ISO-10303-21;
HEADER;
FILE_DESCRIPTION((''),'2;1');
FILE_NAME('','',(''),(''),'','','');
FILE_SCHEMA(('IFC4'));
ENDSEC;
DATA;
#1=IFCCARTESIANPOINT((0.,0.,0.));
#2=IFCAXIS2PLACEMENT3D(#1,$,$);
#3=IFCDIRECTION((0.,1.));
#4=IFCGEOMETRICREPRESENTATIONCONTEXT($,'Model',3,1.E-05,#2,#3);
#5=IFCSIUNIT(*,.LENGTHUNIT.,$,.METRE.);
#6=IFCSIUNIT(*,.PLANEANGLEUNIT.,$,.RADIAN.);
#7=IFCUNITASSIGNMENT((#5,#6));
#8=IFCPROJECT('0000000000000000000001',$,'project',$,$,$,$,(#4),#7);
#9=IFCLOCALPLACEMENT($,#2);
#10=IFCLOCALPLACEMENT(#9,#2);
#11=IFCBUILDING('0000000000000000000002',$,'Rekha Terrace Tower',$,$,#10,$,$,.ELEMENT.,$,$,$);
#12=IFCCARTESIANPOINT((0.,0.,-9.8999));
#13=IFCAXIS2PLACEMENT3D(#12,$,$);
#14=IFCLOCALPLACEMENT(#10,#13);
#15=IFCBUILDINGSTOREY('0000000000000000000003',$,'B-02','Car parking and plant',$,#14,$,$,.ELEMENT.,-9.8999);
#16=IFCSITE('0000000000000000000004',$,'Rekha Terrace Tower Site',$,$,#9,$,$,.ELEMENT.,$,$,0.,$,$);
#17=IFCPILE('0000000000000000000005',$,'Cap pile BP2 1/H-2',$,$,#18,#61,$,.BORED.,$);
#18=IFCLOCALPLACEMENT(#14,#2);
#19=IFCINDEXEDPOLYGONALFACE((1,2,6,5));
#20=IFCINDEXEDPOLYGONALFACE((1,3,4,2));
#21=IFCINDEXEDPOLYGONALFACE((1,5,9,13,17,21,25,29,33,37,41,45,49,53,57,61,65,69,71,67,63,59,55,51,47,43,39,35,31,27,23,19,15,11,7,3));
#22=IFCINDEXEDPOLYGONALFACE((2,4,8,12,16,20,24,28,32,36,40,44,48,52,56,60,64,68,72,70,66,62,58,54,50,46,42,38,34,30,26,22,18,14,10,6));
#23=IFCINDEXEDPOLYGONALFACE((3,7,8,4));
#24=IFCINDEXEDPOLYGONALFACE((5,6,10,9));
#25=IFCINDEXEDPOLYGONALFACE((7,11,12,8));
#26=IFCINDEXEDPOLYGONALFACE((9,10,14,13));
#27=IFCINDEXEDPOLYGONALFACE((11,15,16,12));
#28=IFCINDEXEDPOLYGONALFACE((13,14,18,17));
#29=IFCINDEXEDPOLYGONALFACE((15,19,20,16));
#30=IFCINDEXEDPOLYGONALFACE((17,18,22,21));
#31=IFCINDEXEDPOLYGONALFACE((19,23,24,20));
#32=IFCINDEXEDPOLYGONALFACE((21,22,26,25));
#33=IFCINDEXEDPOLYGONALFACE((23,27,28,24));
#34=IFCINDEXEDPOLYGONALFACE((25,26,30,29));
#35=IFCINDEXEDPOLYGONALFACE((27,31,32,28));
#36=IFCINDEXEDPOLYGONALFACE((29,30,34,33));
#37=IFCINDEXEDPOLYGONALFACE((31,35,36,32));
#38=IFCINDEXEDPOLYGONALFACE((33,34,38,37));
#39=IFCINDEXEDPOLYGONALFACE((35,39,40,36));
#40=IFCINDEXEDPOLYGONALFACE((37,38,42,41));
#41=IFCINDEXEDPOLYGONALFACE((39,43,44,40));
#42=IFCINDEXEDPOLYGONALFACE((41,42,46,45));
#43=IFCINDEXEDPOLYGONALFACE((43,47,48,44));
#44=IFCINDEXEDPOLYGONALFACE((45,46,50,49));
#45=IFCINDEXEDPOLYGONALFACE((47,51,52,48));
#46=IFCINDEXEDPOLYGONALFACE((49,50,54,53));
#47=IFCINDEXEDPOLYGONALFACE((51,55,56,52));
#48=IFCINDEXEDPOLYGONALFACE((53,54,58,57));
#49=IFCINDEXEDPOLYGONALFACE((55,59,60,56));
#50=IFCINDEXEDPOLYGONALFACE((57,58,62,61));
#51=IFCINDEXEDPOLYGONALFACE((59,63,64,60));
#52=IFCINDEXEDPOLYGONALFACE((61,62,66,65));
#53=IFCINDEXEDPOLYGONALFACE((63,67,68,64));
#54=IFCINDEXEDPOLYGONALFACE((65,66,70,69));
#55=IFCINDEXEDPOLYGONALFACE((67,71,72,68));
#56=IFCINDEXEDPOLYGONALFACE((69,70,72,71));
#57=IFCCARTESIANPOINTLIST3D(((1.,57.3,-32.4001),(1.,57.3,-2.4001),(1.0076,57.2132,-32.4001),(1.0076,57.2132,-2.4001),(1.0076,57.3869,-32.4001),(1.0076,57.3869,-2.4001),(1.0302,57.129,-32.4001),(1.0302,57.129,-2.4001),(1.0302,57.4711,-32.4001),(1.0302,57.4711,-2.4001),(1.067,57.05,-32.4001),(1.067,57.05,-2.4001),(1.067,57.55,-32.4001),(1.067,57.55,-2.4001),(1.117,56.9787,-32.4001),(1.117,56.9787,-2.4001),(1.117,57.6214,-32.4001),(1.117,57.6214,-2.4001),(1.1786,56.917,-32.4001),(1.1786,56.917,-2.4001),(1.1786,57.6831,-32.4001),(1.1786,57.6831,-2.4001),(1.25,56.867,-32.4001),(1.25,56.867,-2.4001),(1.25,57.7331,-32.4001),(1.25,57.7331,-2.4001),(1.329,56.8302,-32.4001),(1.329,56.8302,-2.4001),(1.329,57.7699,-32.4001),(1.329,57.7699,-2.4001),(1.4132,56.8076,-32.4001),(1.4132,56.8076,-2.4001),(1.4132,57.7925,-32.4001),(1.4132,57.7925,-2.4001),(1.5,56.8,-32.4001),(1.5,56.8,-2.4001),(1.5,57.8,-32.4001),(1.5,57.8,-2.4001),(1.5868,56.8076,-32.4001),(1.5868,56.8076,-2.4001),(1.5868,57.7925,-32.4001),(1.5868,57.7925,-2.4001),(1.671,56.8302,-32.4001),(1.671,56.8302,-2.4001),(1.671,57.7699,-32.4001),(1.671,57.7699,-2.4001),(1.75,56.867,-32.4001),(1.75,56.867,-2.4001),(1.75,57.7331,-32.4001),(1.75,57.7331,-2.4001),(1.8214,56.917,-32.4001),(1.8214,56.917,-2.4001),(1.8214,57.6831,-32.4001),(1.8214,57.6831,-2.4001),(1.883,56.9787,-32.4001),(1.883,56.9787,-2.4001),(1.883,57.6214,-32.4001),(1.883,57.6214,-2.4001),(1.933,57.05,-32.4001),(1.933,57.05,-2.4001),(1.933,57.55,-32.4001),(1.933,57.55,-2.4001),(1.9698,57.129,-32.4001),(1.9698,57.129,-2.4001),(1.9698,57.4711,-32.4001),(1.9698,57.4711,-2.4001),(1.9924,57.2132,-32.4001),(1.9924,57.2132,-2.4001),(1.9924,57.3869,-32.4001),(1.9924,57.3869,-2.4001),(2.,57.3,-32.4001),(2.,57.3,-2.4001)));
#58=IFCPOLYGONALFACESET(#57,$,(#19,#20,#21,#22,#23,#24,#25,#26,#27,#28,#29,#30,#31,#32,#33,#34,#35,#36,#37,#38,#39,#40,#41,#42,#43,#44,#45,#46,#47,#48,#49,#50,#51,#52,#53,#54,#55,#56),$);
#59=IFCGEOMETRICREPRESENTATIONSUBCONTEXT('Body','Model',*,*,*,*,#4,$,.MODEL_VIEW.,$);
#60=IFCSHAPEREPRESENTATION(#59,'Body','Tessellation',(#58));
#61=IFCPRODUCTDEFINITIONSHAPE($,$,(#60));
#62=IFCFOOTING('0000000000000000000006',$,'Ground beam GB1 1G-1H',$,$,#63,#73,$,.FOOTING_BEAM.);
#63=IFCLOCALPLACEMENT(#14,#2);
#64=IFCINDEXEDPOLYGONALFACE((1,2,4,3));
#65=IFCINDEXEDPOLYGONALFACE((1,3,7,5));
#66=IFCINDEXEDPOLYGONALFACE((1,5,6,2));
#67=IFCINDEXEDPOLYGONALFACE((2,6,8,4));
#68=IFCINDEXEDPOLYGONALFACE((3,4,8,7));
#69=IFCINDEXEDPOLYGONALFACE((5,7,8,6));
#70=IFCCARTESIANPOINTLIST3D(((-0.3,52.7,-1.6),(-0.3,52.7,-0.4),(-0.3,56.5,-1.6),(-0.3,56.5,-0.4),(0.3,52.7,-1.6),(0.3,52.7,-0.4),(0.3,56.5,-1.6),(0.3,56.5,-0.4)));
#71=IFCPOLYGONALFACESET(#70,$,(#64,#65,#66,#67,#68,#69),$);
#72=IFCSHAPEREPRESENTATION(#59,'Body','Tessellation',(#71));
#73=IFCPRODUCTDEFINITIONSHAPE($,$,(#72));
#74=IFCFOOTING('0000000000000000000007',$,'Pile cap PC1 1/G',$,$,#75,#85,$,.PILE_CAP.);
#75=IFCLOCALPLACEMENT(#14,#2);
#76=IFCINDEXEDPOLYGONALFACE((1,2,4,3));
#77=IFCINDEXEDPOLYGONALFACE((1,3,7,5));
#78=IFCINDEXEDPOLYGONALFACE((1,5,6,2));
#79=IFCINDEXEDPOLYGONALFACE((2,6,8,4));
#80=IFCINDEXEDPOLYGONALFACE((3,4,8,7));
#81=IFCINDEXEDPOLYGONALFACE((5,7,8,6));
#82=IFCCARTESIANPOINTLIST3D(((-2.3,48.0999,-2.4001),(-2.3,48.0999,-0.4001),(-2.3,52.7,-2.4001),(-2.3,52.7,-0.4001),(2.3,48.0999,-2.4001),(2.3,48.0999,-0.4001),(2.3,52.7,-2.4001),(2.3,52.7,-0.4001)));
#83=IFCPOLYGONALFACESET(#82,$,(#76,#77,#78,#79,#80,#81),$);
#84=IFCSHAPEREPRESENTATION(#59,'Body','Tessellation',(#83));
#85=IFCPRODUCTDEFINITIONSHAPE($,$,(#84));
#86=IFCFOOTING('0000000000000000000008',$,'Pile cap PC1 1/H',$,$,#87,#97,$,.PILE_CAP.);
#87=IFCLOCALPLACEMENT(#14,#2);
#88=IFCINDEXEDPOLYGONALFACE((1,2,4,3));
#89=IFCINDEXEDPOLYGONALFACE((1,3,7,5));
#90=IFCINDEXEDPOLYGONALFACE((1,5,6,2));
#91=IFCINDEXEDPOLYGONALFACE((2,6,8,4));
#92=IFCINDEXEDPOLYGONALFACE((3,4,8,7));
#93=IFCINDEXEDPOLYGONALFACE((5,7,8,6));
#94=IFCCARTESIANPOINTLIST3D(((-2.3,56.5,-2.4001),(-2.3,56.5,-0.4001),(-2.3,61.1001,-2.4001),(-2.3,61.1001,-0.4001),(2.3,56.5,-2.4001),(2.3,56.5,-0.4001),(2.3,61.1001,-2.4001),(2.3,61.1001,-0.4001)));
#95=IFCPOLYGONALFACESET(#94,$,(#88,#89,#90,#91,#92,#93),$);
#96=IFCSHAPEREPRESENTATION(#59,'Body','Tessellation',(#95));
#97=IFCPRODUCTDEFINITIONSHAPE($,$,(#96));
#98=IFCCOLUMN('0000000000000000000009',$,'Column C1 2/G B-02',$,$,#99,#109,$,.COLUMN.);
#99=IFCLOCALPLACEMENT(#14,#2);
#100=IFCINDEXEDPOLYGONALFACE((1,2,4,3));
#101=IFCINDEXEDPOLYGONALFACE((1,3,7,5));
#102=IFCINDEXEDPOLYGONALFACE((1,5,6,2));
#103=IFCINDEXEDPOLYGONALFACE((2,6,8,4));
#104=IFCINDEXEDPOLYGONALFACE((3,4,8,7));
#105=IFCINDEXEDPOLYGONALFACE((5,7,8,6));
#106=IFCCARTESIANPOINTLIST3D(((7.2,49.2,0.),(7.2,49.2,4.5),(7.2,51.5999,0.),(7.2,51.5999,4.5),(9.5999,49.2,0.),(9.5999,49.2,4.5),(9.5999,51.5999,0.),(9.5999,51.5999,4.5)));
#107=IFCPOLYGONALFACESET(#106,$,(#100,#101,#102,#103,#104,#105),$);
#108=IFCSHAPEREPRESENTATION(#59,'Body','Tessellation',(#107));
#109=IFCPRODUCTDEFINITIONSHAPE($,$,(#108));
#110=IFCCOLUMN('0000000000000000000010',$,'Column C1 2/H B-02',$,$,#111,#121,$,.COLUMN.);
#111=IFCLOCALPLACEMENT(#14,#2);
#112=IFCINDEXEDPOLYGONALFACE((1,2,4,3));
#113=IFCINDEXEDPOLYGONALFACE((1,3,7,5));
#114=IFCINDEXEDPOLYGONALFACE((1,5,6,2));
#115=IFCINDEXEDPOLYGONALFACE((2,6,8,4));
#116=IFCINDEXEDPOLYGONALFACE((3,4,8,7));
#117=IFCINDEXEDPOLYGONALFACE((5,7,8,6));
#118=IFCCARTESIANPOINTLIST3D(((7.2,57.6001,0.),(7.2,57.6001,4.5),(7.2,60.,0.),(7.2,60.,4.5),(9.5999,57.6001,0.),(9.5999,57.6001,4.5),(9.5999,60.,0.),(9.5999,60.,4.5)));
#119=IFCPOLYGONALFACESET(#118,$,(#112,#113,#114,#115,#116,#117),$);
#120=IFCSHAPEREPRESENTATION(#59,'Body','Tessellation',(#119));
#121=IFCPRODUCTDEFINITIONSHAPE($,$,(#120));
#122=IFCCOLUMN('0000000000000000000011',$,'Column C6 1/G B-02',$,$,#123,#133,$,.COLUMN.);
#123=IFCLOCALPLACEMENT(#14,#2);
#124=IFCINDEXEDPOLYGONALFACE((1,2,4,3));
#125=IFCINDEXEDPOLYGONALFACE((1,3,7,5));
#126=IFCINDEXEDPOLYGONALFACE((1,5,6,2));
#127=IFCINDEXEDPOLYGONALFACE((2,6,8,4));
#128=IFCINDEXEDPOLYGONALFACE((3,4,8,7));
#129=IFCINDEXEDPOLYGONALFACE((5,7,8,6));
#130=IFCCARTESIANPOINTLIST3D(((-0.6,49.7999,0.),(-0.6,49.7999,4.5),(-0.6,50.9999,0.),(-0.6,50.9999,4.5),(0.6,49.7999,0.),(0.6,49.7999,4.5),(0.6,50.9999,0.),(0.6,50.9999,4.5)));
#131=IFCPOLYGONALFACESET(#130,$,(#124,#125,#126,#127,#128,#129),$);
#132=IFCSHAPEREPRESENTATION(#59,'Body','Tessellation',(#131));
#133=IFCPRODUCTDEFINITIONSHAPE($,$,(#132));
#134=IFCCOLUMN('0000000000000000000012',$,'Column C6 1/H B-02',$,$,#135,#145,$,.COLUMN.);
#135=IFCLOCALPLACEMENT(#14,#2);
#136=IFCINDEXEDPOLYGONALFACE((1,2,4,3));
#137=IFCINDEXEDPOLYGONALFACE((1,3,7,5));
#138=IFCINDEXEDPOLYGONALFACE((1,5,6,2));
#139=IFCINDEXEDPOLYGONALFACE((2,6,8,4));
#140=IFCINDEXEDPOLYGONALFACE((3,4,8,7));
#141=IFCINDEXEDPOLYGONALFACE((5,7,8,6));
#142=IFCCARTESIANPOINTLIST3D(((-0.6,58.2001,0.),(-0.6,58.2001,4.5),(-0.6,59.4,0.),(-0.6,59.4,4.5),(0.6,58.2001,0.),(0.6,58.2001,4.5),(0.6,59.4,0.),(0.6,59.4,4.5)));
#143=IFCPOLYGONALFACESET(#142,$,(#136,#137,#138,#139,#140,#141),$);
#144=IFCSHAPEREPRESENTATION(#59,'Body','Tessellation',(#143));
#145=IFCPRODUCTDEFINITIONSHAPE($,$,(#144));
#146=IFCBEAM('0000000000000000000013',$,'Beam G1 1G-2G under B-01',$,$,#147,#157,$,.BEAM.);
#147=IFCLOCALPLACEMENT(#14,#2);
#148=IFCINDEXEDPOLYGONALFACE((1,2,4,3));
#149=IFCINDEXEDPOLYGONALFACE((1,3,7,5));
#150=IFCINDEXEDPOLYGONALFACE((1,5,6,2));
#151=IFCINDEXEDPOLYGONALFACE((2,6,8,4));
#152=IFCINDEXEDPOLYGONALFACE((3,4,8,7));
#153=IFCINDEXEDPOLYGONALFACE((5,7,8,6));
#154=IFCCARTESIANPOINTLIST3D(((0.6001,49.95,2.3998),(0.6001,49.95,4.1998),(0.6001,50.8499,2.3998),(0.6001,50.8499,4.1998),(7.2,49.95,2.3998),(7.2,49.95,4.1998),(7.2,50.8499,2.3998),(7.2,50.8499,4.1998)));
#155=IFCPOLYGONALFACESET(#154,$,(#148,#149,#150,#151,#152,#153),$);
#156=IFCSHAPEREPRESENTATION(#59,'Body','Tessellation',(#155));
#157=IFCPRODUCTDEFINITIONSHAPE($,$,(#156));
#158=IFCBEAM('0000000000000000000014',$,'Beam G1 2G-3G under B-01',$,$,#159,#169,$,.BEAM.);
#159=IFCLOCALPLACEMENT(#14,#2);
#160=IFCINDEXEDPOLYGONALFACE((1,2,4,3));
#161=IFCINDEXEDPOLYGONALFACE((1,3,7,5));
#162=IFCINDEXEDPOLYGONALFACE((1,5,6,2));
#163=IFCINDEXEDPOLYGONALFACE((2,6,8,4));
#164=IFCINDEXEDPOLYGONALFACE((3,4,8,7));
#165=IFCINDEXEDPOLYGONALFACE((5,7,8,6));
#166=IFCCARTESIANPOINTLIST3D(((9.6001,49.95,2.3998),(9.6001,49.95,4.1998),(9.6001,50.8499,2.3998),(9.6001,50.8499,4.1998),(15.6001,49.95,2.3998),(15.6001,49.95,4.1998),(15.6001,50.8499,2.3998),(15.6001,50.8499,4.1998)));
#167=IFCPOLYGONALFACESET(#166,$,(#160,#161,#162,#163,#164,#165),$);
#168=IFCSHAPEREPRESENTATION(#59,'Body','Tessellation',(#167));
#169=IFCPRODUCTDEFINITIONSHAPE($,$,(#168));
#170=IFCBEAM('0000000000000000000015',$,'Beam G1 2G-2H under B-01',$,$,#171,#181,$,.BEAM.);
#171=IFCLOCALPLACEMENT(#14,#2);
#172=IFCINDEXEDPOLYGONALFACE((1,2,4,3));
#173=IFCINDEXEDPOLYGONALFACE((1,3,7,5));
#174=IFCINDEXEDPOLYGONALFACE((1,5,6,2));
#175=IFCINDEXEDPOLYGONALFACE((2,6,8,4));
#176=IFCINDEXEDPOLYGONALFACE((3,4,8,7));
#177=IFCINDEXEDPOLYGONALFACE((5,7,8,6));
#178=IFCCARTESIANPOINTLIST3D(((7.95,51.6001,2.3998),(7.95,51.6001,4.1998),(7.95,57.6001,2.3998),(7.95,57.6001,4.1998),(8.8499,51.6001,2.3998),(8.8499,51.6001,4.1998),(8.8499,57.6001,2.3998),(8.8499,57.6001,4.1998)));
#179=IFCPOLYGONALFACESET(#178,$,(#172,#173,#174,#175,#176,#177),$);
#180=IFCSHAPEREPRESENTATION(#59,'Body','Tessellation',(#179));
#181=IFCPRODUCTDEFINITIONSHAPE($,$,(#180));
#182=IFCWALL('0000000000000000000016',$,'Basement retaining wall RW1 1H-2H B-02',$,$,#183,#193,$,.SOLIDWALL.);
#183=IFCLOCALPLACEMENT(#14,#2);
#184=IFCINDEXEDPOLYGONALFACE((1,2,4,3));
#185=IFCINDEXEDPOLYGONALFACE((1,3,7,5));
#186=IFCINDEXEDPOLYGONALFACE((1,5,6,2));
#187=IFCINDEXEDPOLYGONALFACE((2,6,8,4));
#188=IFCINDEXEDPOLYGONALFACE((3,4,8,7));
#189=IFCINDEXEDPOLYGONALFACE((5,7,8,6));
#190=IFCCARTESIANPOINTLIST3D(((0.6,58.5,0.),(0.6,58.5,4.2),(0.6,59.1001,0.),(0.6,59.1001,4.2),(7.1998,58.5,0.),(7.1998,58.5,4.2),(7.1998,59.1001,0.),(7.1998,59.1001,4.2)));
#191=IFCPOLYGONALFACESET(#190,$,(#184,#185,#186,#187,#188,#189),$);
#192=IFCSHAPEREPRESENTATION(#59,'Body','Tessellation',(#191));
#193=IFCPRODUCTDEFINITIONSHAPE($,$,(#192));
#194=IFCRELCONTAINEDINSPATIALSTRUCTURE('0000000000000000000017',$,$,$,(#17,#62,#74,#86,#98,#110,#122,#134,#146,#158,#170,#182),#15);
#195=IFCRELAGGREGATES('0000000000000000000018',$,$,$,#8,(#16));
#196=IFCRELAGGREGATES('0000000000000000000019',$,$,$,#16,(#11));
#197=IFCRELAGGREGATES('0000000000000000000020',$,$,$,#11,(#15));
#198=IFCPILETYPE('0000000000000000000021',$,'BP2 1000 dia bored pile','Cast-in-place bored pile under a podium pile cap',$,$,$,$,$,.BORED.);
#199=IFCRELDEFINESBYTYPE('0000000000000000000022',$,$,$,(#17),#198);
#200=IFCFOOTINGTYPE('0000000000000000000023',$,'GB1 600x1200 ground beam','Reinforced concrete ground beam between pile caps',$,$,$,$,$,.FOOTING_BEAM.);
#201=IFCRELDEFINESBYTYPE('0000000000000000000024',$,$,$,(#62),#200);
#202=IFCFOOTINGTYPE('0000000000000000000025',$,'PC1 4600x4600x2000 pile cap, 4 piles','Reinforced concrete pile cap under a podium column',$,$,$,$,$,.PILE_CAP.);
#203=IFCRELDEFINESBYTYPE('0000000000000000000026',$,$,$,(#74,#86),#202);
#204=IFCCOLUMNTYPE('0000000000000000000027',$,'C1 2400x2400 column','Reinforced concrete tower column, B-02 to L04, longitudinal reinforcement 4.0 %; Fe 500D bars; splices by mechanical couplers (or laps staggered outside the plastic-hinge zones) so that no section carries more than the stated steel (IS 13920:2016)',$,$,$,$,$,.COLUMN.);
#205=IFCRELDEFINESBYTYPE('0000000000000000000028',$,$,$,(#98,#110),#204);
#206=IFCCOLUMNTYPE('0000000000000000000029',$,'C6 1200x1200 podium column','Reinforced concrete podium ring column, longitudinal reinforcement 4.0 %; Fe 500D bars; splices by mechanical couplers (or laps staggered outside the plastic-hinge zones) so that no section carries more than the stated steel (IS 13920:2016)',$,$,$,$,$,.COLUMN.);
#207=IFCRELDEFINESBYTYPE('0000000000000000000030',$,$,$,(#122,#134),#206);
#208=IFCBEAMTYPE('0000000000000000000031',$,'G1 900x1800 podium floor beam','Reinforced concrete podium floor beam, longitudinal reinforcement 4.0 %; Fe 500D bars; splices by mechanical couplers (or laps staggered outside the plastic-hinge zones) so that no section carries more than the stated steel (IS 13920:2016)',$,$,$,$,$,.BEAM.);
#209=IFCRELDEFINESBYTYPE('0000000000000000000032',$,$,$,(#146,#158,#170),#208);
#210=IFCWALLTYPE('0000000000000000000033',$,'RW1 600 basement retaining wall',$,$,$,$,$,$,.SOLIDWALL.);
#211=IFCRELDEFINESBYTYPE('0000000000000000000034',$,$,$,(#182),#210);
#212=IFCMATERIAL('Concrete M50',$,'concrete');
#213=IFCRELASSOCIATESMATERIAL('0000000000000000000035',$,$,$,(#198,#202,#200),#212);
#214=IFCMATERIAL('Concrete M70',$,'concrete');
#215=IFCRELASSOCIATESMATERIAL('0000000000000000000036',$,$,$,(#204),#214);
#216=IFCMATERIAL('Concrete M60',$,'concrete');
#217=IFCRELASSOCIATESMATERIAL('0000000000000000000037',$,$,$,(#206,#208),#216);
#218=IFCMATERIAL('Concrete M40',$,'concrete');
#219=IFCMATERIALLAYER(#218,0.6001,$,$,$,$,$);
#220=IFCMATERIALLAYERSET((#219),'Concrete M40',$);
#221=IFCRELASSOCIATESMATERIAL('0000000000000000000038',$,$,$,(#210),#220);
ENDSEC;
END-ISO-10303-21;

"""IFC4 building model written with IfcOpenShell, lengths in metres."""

from ifc_helpers import new_model, si_unit, direction, frame, frame_2d, origin, origin_2d, place, context, subcontext, project, spatial, rectangle, circle, extrude, material, layer, layer_set, material_profile, profile_set, type_object, element, save


model = new_model("IFC4")

# Units and contexts
model_context = context("Model", 3, precision=1e-05, world=origin(), true_north=direction((0.0, 1.0)))
body_context = subcontext(model_context, "Body", "Model", "MODEL_VIEW")
ifc_project = project(units=[si_unit("LENGTHUNIT", "METRE"), si_unit("PLANEANGLEUNIT", "RADIAN")], contexts=[model_context])

# Site, building, storey
site_placement = place(None, origin())
site = spatial("IfcSite", under=ifc_project, at=site_placement, Name="Rekha Terrace Tower Site", CompositionType="ELEMENT", RefElevation=0.0)
building_placement = place(site_placement, origin())
building = spatial("IfcBuilding", under=site, at=building_placement, Name="Rekha Terrace Tower", CompositionType="ELEMENT")
storey_placement = place(building_placement, frame((0.0, 0.0, -9.8999)))
storey = spatial("IfcBuildingStorey", under=building, at=storey_placement, Name="B-02", Description="Car parking and plant", CompositionType="ELEMENT", Elevation=-9.8999)

# Pile
ifc_material_1 = material(Name="Concrete M50", Category="concrete")
pile_type_1 = type_object("IfcPileType", Name="BP2 1000 dia bored pile", Description="Cast-in-place bored pile under a podium pile cap", PredefinedType="BORED", material=ifc_material_1)
for number, where, z_axis, x_axis, name in (
    (1, (1.5, 57.3, -2.4001), (0.0, 0.0, -1.0), (1.0, 0.0, 0.0), "Cap pile BP2 1/H-2"),
):
    element("IfcPile", number, at=place(storey_placement, frame(where, z_axis=z_axis, x_axis=x_axis)), inside=storey, type_object=pile_type_1, Name=name, PredefinedType="BORED", context=body_context, shape_type="SweptSolid", body=[
        extrude(circle(Radius=0.5, at=origin_2d()), origin(), (0.0, 0.0, 1.0), 30.0),
    ])

# Footings
ifc_material_profile_1 = material_profile(ifc_material_1, rectangle(XDim=0.6001, YDim=1.2, at=origin_2d()), Name="RC 600x1200")
ifc_profile_set_1 = profile_set([ifc_material_profile_1], Name="Concrete M50")
footing_type_1 = type_object("IfcFootingType", Name="GB1 600x1200 ground beam", Description="Reinforced concrete ground beam between pile caps", PredefinedType="FOOTING_BEAM", material=ifc_profile_set_1)
footing_placement = place(storey_placement, frame((0.0, 52.7, -1.0), z_axis=(0.0, 1.0, 0.0), x_axis=(-1.0, 0.0, 0.0)))
element("IfcFooting", 2, at=footing_placement, inside=storey, type_object=footing_type_1, Name="Ground beam GB1 1G-1H", PredefinedType="FOOTING_BEAM", context=body_context, shape_type="SweptSolid", body=[
    extrude(rectangle(XDim=0.6001, YDim=1.2, at=origin_2d()), origin(), (0.0, 0.0, 1.0), 3.8),
])
footing_type_2 = type_object("IfcFootingType", Name="PC1 4600x4600x2000 pile cap, 4 piles", Description="Reinforced concrete pile cap under a podium column", PredefinedType="PILE_CAP", material=ifc_material_1)
for number, where, z_axis, x_axis, name in (
    (3, (0.0, 50.3999, -2.4001), (0.0, 0.0, 1.0), (1.0, 0.0, 0.0), "Pile cap PC1 1/G"),
    (4, (0.0, 58.8, -2.4001), (0.0, 0.0, 1.0), (1.0, 0.0, 0.0), "Pile cap PC1 1/H"),
):
    element("IfcFooting", number, at=place(storey_placement, frame(where, z_axis=z_axis, x_axis=x_axis)), inside=storey, type_object=footing_type_2, Name=name, PredefinedType="PILE_CAP", context=body_context, shape_type="SweptSolid", body=[
        extrude(rectangle(XDim=4.6001, YDim=4.6001, at=origin_2d()), origin(), (0.0, 0.0, 1.0), 2.0),
    ])

# Columns
ifc_material_2 = material(Name="Concrete M70", Category="concrete")
ifc_material_profile_2 = material_profile(ifc_material_2, rectangle(XDim=2.3999, YDim=2.3999, at=origin_2d()), Name="RC 2400x2400")
ifc_profile_set_2 = profile_set([ifc_material_profile_2], Name="Concrete M70")
column_type_1 = type_object("IfcColumnType", Name="C1 2400x2400 column", Description="Reinforced concrete tower column, B-02 to L04, longitudinal reinforcement 4.0 %; Fe 500D bars; splices by mechanical couplers (or laps staggered outside the plastic-hinge zones) so that no section carries more than the stated steel (IS 13920:2016)", PredefinedType="COLUMN", material=ifc_profile_set_2)
for number, where, z_axis, x_axis, name in (
    (5, (8.3999, 50.3999, 0.0), (0.0, 0.0, 1.0), (1.0, 0.0, 0.0), "Column C1 2/G B-02"),
    (6, (8.3999, 58.8, 0.0), (0.0, 0.0, 1.0), (1.0, 0.0, 0.0), "Column C1 2/H B-02"),
):
    element("IfcColumn", number, at=place(storey_placement, frame(where, z_axis=z_axis, x_axis=x_axis)), inside=storey, type_object=column_type_1, Name=name, PredefinedType="COLUMN", context=body_context, shape_type="SweptSolid", body=[
        extrude(rectangle(XDim=2.3999, YDim=2.3999, at=origin_2d()), origin(), (0.0, 0.0, 1.0), 4.5),
    ])
ifc_material_3 = material(Name="Concrete M60", Category="concrete")
ifc_material_profile_3 = material_profile(ifc_material_3, rectangle(XDim=1.2, YDim=1.2, at=origin_2d()), Name="RC 1200x1200")
ifc_profile_set_3 = profile_set([ifc_material_profile_3], Name="Concrete M60")
column_type_2 = type_object("IfcColumnType", Name="C6 1200x1200 podium column", Description="Reinforced concrete podium ring column, longitudinal reinforcement 4.0 %; Fe 500D bars; splices by mechanical couplers (or laps staggered outside the plastic-hinge zones) so that no section carries more than the stated steel (IS 13920:2016)", PredefinedType="COLUMN", material=ifc_profile_set_3)
for number, where, z_axis, x_axis, name in (
    (7, (0.0, 50.3999, 0.0), (0.0, 0.0, 1.0), (1.0, 0.0, 0.0), "Column C6 1/G B-02"),
    (8, (0.0, 58.8, 0.0), (0.0, 0.0, 1.0), (1.0, 0.0, 0.0), "Column C6 1/H B-02"),
):
    element("IfcColumn", number, at=place(storey_placement, frame(where, z_axis=z_axis, x_axis=x_axis)), inside=storey, type_object=column_type_2, Name=name, PredefinedType="COLUMN", context=body_context, shape_type="SweptSolid", body=[
        extrude(rectangle(XDim=1.2, YDim=1.2, at=origin_2d()), origin(), (0.0, 0.0, 1.0), 4.5),
    ])

# Beams
ifc_material_profile_4 = material_profile(ifc_material_3, rectangle(XDim=0.8999, YDim=1.8, at=origin_2d()), Name="RC 900x1800")
ifc_profile_set_4 = profile_set([ifc_material_profile_4], Name="Concrete M60")
beam_type = type_object("IfcBeamType", Name="G1 900x1800 podium floor beam", Description="Reinforced concrete podium floor beam, longitudinal reinforcement 4.0 %; Fe 500D bars; splices by mechanical couplers (or laps staggered outside the plastic-hinge zones) so that no section carries more than the stated steel (IS 13920:2016)", PredefinedType="BEAM", material=ifc_profile_set_4)
beam_placement = place(storey_placement, frame((0.6001, 50.3999, 3.2998), z_axis=(1.0, 0.0, 0.0), x_axis=(0.0, 1.0, 0.0)))
element("IfcBeam", 9, at=beam_placement, inside=storey, type_object=beam_type, Name="Beam G1 1G-2G under B-01", PredefinedType="BEAM", context=body_context, shape_type="SweptSolid", body=[
    extrude(rectangle(XDim=0.8999, YDim=1.8, at=origin_2d()), origin(), (0.0, 0.0, 1.0), 6.5999),
])
for number, where, z_axis, x_axis, name in (
    (10, (9.6001, 50.3999, 3.2998), (1.0, 0.0, 0.0), (0.0, 1.0, 0.0), "Beam G1 2G-3G under B-01"),
    (11, (8.3999, 51.6001, 3.2998), (0.0, 1.0, 0.0), (-1.0, 0.0, 0.0), "Beam G1 2G-2H under B-01"),
):
    element("IfcBeam", number, at=place(storey_placement, frame(where, z_axis=z_axis, x_axis=x_axis)), inside=storey, type_object=beam_type, Name=name, PredefinedType="BEAM", context=body_context, shape_type="SweptSolid", body=[
        extrude(rectangle(XDim=0.8999, YDim=1.8, at=origin_2d()), origin(), (0.0, 0.0, 1.0), 6.0),
    ])

# Wall
ifc_material_4 = material(Name="Concrete M40", Category="concrete")
ifc_layer_1 = layer(ifc_material_4, 0.6001)
ifc_layer_set_1 = layer_set([ifc_layer_1], Name="Concrete M40")
wall_type_1 = type_object("IfcWallType", Name="RW1 600 basement retaining wall", PredefinedType="SOLIDWALL", material=ifc_layer_set_1)
wall_1_placement = place(storey_placement, frame((0.6001, 58.8, 0.0), z_axis=(0.0, 0.0, 1.0), x_axis=(1.0, 0.0, 0.0)))
element("IfcWall", 12, at=wall_1_placement, inside=storey, type_object=wall_type_1, Name="Basement retaining wall RW1 1H-2H B-02", PredefinedType="SOLIDWALL", context=body_context, shape_type="SweptSolid", body=[
    extrude(rectangle(XDim=6.5999, YDim=0.6001, at=frame_2d((3.2998, 0.0))), origin(), (0.0, 0.0, 1.0), 4.2),
])

save(model, "model.ifc")
